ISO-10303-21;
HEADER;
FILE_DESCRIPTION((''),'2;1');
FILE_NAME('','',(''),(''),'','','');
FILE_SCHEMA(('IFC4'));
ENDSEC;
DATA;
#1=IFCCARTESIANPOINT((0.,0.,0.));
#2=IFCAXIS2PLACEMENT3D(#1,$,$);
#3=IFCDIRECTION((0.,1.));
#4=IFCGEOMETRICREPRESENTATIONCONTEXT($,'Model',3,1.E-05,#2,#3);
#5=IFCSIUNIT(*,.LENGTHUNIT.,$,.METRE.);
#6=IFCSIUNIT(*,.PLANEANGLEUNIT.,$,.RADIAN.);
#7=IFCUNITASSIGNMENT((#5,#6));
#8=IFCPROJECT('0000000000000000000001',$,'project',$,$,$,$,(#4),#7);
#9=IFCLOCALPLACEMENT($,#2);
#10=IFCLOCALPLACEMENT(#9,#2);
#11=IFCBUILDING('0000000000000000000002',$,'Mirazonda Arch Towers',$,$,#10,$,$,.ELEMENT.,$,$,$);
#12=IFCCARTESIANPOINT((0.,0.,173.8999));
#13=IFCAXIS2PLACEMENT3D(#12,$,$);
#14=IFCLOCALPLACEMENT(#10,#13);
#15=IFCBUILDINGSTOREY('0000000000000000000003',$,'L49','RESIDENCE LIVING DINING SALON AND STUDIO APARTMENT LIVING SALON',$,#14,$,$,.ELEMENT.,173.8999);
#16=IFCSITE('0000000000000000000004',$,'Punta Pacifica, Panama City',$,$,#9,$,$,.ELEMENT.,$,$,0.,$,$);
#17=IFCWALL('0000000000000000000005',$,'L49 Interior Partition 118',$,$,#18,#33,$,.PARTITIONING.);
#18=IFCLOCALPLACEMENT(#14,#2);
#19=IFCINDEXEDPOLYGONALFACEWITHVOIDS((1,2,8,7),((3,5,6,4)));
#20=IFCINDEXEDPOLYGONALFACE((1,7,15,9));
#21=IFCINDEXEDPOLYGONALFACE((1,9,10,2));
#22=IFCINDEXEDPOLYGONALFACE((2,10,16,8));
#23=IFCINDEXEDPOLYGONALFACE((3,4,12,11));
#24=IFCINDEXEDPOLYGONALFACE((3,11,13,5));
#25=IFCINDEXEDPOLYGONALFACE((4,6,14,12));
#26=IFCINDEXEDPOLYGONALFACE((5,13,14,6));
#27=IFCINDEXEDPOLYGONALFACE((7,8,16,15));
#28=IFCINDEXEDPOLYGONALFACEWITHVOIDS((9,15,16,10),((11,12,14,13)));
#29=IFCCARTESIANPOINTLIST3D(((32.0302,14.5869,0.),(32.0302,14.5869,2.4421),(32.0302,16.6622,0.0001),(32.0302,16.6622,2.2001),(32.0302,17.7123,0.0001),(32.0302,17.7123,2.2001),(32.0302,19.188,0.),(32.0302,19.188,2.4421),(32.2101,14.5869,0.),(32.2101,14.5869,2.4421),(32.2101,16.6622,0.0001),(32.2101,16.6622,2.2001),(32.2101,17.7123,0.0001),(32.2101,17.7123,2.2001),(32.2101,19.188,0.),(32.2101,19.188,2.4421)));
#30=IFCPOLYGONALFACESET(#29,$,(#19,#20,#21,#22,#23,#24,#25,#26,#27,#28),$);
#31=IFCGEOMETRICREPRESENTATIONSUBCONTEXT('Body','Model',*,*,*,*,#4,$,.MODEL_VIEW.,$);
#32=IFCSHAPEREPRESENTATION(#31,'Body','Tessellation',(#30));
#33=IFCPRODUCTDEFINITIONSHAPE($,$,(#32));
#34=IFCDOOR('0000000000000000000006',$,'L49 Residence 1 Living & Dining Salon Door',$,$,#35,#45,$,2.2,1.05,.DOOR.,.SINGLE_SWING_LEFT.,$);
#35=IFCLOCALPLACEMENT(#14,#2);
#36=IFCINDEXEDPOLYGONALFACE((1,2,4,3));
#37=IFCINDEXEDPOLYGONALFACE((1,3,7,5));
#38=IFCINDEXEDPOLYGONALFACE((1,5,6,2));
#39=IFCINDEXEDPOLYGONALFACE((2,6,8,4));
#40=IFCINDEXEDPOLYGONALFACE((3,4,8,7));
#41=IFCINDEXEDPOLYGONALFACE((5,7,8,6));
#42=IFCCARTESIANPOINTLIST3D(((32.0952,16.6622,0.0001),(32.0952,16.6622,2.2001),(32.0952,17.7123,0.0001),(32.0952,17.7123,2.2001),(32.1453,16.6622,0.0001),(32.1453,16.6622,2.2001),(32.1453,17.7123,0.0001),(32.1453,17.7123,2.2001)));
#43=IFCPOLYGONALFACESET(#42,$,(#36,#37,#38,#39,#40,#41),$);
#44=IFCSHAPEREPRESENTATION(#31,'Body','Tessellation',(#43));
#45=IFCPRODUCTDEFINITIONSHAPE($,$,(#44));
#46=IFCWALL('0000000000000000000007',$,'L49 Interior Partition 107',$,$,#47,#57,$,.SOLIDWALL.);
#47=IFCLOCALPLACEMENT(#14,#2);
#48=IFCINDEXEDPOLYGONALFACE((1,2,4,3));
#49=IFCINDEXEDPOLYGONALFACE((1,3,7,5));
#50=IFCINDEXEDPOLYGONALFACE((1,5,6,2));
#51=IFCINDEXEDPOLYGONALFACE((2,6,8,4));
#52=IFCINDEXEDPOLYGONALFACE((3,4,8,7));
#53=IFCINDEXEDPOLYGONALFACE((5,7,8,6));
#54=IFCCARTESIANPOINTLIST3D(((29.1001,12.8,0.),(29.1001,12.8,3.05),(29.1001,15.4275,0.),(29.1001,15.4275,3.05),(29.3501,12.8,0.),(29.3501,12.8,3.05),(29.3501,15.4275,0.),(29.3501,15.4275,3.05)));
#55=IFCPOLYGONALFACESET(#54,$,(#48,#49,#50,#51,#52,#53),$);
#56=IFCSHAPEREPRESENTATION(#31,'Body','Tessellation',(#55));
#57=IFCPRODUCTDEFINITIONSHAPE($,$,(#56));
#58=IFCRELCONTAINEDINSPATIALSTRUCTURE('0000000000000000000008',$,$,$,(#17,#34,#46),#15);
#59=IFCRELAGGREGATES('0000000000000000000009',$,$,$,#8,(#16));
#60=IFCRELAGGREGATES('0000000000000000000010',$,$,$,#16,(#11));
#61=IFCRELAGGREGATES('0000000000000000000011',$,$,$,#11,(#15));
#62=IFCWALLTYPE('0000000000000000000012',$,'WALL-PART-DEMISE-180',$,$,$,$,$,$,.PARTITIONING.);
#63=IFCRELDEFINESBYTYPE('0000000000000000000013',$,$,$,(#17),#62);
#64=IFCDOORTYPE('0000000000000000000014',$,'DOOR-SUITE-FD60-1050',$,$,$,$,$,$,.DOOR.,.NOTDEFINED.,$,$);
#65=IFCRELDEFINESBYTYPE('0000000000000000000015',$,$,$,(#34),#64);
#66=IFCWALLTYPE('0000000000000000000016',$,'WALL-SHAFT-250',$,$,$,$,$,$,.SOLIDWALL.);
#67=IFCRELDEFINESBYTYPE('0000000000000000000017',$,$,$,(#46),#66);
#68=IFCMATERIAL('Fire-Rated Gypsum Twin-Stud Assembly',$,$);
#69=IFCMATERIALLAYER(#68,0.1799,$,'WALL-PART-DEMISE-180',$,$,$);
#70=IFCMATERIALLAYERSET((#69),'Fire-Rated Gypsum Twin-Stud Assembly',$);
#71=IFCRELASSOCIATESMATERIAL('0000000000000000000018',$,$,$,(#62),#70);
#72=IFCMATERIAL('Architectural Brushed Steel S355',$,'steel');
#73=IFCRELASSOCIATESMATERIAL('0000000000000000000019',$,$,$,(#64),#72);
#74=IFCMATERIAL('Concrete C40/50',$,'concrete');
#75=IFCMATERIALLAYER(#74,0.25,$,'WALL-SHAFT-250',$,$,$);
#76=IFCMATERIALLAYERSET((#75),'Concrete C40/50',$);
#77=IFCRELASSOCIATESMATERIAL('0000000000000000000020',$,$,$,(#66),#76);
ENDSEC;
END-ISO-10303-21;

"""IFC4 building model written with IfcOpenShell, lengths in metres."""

from ifc_helpers import new_model, si_unit, direction, frame, frame_2d, origin, place, context, subcontext, project, spatial, rectangle, extrude, material, layer, layer_set, type_object, element, fill, save


model = new_model("IFC4")

# Units and contexts
model_context = context("Model", 3, precision=1e-05, world=origin(), true_north=direction((0.0, 1.0)))
body_context = subcontext(model_context, "Body", "Model", "MODEL_VIEW")
ifc_project = project(units=[si_unit("LENGTHUNIT", "METRE"), si_unit("PLANEANGLEUNIT", "RADIAN")], contexts=[model_context])

# Site, building, storey
site_placement = place(None, origin())
site = spatial("IfcSite", under=ifc_project, at=site_placement, Name="Punta Pacifica, Panama City", CompositionType="ELEMENT", RefElevation=0.0)
building_placement = place(site_placement, origin())
building = spatial("IfcBuilding", under=site, at=building_placement, Name="Mirazonda Arch Towers", CompositionType="ELEMENT")
storey_placement = place(building_placement, frame((0.0, 0.0, 173.8999)))
storey = spatial("IfcBuildingStorey", under=building, at=storey_placement, Name="L49", Description="RESIDENCE LIVING DINING SALON AND STUDIO APARTMENT LIVING SALON", CompositionType="ELEMENT", Elevation=173.8999)

# Shared definitions
ifc_material_1 = material(Name="Fire-Rated Gypsum Twin-Stud Assembly")
ifc_layer_1 = layer(ifc_material_1, 0.1799, Name="WALL-PART-DEMISE-180")
ifc_layer_set_1 = layer_set([ifc_layer_1], Name="Fire-Rated Gypsum Twin-Stud Assembly")
wall_type_1 = type_object("IfcWallType", Name="WALL-PART-DEMISE-180", PredefinedType="PARTITIONING", material=ifc_layer_set_1)

# Wall, opening, door
ifc_material_2 = material(Name="Architectural Brushed Steel S355", Category="steel")
wall_1_placement = place(storey_placement, frame((32.1201, 14.5869, 0.0), z_axis=(0.0, 0.0, 1.0), x_axis=(0.0, 1.0, 0.0)))
wall_1 = element("IfcWall", 1, at=wall_1_placement, inside=storey, type_object=wall_type_1, Name="L49 Interior Partition 118", PredefinedType="PARTITIONING", context=body_context, shape_type="SweptSolid", body=[
    extrude(rectangle(XDim=4.6011, YDim=0.1799, at=frame_2d((2.3005, 0.0))), origin(), (0.0, 0.0, 1.0), 2.4421),
])
opening_1_placement = place(wall_1_placement, frame((2.0754, 0.0, 0.0)))
opening_1 = element("IfcOpeningElement", 2, at=opening_1_placement, cuts=wall_1, PredefinedType="OPENING", context=body_context, shape_type="SweptSolid", body=[
    extrude(rectangle(XDim=1.05, YDim=2.2, at=frame_2d((0.5249, 1.1001))), frame((0.0, 0.0999, 0.0), z_axis=(0.0, -1.0, 0.0), x_axis=(1.0, 0.0, 0.0)), (0.0, 0.0, 1.0), 0.2),
])
door_type_1 = type_object("IfcDoorType", Name="DOOR-SUITE-FD60-1050", OperationType="NOTDEFINED", PredefinedType="DOOR", material=ifc_material_2)
door_1_placement = place(opening_1_placement, origin())
door_1 = element("IfcDoor", 3, at=door_1_placement, inside=storey, type_object=door_type_1, Name="L49 Residence 1 Living & Dining Salon Door", OperationType="SINGLE_SWING_LEFT", OverallHeight=2.2, OverallWidth=1.05, PredefinedType="DOOR", context=body_context, shape_type="SweptSolid", body=[
    extrude(rectangle(XDim=1.05, YDim=2.2, at=frame_2d((0.5249, 1.1001))), frame((0.0, 0.0249, 0.0), z_axis=(0.0, -1.0, 0.0), x_axis=(1.0, 0.0, 0.0)), (0.0, 0.0, 1.0), 0.05),
])
fill(opening_1, door_1)

# Wall
ifc_material_3 = material(Name="Concrete C40/50", Category="concrete")
ifc_layer_2 = layer(ifc_material_3, 0.25, Name="WALL-SHAFT-250")
ifc_layer_set_2 = layer_set([ifc_layer_2], Name="Concrete C40/50")
wall_type_2 = type_object("IfcWallType", Name="WALL-SHAFT-250", PredefinedType="SOLIDWALL", material=ifc_layer_set_2)
wall_2_placement = place(storey_placement, frame((29.2251, 12.8, 0.0), z_axis=(0.0, 0.0, 1.0), x_axis=(0.0, 1.0, 0.0)))
element("IfcWall", 4, at=wall_2_placement, inside=storey, type_object=wall_type_2, Name="L49 Interior Partition 107", PredefinedType="SOLIDWALL", context=body_context, shape_type="SweptSolid", body=[
    extrude(rectangle(XDim=2.6274, YDim=0.25, at=frame_2d((1.3137, 0.0))), origin(), (0.0, 0.0, 1.0), 3.05),
])

save(model, "model.ifc")
